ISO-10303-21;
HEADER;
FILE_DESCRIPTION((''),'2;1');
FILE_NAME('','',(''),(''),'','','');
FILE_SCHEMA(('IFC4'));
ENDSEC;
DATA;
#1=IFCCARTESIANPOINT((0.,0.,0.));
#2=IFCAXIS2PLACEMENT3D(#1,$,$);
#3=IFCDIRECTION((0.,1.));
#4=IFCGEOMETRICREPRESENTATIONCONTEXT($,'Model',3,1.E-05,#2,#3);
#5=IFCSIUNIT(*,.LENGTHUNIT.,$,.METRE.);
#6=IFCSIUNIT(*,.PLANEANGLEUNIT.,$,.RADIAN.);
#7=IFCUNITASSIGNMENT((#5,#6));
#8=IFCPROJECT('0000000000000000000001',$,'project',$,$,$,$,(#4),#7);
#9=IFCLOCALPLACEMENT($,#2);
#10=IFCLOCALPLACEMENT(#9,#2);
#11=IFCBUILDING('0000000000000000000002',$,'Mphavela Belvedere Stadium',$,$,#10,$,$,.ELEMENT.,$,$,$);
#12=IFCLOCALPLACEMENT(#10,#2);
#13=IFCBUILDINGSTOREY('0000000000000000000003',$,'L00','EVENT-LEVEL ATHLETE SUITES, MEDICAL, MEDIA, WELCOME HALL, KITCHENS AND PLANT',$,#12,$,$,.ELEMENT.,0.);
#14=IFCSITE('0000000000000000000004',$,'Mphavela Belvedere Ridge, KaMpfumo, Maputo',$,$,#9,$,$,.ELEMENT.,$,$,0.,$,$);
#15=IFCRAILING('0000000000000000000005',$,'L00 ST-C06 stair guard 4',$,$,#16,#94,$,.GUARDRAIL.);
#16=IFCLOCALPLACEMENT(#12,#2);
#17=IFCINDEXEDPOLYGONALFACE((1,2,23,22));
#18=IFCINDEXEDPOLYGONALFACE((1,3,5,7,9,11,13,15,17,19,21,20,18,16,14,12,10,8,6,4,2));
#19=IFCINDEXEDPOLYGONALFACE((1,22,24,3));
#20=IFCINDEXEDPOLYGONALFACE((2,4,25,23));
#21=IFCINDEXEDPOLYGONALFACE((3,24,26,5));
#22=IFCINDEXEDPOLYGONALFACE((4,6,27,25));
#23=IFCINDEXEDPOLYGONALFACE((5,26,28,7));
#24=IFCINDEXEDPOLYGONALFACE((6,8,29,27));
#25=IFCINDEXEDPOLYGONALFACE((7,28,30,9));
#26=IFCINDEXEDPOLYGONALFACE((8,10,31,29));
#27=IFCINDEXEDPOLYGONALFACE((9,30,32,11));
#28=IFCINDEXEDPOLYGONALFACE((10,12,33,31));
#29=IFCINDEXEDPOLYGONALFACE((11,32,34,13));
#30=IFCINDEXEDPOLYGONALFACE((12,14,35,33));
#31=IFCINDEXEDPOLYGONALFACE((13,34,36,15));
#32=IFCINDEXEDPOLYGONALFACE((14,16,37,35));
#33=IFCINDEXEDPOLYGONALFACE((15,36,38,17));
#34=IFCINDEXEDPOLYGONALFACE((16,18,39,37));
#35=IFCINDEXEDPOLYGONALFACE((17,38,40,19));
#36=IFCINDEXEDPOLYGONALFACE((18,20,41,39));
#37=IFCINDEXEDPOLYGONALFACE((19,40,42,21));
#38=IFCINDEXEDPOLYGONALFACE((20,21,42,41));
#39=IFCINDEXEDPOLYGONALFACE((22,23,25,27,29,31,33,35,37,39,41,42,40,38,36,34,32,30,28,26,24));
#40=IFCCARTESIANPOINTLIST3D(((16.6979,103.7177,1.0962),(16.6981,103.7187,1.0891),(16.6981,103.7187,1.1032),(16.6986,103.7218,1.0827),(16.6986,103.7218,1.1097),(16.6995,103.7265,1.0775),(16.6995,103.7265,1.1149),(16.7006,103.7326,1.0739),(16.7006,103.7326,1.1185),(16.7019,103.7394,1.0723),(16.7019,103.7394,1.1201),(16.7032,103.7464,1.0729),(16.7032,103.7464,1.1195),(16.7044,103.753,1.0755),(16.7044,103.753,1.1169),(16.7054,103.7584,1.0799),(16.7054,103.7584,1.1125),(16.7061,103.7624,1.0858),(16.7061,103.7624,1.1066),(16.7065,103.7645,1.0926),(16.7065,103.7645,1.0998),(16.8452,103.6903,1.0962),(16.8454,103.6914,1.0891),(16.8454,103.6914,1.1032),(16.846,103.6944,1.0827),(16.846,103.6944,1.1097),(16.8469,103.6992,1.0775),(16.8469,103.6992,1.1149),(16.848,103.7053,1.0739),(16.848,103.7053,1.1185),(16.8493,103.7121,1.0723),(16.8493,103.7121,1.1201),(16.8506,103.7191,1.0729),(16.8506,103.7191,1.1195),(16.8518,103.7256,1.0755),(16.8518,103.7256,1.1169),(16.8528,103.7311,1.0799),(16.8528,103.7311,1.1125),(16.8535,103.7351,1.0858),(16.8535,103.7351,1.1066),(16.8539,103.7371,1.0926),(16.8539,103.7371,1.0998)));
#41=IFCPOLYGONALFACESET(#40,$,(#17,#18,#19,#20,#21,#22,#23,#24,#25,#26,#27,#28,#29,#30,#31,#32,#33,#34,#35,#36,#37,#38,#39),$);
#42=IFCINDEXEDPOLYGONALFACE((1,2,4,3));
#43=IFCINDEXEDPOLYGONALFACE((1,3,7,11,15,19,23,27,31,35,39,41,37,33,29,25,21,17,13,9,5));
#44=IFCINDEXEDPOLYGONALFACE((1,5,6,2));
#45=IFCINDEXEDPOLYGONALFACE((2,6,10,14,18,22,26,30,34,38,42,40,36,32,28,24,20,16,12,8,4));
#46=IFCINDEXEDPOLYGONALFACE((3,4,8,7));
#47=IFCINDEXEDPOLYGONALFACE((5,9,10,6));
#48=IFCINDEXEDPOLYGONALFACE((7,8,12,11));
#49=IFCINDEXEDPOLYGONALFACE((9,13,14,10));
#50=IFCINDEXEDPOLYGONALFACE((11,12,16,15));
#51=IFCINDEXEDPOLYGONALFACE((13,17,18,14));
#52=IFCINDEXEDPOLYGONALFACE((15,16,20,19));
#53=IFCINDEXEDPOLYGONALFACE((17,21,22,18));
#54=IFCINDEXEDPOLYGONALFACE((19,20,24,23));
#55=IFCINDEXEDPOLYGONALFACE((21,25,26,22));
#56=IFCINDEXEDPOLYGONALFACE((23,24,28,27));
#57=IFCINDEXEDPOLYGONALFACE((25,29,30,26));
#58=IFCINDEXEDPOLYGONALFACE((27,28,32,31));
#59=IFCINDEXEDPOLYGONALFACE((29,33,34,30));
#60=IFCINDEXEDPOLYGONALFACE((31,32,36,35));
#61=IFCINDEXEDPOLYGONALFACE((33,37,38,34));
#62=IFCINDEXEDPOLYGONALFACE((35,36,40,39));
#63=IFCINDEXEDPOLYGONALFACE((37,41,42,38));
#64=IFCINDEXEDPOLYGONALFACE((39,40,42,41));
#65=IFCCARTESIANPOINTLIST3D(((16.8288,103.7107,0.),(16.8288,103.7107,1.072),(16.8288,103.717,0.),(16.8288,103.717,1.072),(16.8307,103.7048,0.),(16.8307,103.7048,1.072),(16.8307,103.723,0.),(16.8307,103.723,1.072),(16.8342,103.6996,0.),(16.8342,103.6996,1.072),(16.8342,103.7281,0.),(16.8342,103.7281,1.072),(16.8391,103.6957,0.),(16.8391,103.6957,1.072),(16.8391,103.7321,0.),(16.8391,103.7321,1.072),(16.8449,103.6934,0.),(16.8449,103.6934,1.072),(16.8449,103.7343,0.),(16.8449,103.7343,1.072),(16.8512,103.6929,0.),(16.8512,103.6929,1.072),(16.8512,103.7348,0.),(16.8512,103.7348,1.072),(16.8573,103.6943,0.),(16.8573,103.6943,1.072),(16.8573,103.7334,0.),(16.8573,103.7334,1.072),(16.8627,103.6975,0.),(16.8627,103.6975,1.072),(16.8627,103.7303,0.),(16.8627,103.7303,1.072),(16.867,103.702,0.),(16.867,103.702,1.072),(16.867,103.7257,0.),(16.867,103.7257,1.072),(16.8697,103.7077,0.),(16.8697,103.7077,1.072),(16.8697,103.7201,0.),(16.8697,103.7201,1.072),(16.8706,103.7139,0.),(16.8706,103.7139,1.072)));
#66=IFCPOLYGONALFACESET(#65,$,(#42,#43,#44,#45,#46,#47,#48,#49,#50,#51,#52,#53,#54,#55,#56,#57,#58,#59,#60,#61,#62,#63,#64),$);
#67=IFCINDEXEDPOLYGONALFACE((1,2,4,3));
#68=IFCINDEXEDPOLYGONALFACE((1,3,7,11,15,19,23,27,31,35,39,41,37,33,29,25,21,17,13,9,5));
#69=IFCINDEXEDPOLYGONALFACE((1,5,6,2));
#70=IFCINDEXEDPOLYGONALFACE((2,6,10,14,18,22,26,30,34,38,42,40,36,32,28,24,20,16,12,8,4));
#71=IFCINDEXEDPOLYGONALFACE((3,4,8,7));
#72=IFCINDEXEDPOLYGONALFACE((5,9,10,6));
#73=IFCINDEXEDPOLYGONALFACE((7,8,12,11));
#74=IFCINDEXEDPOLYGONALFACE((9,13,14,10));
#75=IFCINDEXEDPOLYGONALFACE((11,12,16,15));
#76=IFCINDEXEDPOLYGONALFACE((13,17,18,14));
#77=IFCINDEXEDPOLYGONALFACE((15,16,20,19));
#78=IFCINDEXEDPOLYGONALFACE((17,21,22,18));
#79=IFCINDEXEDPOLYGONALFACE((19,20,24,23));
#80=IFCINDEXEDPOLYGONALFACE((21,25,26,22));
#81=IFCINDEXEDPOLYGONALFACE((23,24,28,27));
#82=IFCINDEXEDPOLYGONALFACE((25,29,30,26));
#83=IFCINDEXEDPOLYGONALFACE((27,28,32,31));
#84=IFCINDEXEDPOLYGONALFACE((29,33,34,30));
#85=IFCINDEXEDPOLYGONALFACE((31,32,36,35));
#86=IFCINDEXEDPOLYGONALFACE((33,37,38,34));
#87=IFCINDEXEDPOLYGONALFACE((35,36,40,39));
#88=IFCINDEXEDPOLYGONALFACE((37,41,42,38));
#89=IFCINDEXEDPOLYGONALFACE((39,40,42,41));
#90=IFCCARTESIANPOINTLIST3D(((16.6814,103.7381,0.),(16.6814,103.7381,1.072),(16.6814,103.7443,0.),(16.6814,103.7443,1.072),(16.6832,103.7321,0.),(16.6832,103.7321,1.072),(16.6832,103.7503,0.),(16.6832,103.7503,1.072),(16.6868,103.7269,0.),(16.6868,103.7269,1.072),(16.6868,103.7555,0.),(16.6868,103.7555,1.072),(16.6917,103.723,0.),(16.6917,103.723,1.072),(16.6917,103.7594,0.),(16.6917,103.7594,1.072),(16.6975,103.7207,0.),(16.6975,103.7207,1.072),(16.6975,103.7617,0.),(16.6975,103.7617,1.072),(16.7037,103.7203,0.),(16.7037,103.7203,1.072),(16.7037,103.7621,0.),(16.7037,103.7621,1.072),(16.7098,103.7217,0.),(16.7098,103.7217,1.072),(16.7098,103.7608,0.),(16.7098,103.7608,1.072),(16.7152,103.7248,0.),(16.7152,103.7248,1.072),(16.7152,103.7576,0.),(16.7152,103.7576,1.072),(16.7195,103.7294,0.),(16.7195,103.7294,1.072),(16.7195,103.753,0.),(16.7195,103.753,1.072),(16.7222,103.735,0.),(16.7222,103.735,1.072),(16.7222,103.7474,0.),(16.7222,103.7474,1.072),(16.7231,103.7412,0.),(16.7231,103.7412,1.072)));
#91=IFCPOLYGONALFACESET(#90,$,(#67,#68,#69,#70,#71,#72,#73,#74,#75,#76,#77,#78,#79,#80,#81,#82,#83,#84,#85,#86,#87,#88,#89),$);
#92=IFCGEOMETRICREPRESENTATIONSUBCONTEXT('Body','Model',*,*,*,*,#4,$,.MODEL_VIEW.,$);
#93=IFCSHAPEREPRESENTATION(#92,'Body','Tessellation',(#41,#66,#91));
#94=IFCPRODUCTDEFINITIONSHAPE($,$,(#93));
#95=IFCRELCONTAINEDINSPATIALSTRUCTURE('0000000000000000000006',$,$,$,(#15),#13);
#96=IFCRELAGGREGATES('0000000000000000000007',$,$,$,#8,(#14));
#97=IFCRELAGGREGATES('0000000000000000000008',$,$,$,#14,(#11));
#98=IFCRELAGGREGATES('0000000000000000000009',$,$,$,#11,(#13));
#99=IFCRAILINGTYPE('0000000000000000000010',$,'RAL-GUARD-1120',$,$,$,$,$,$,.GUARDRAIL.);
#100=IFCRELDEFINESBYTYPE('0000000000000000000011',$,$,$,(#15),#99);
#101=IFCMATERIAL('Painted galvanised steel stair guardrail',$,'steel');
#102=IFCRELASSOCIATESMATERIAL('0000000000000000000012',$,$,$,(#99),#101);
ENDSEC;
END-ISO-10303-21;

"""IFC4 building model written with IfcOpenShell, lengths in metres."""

from ifc_helpers import new_model, si_unit, direction, frame, origin, origin_2d, place, context, subcontext, project, spatial, circle, extrude, material, type_object, element, save


model = new_model("IFC4")

# Units and contexts
model_context = context("Model", 3, precision=1e-05, world=origin(), true_north=direction((0.0, 1.0)))
body_context = subcontext(model_context, "Body", "Model", "MODEL_VIEW")
ifc_project = project(units=[si_unit("LENGTHUNIT", "METRE"), si_unit("PLANEANGLEUNIT", "RADIAN")], contexts=[model_context])

# Site, building, storey
site_placement = place(None, origin())
site = spatial("IfcSite", under=ifc_project, at=site_placement, Name="Mphavela Belvedere Ridge, KaMpfumo, Maputo", CompositionType="ELEMENT", RefElevation=0.0)
building_placement = place(site_placement, origin())
building = spatial("IfcBuilding", under=site, at=building_placement, Name="Mphavela Belvedere Stadium", CompositionType="ELEMENT")
storey_placement = place(building_placement, origin())
storey = spatial("IfcBuildingStorey", under=building, at=storey_placement, Name="L00", Description="EVENT-LEVEL ATHLETE SUITES, MEDICAL, MEDIA, WELCOME HALL, KITCHENS AND PLANT", CompositionType="ELEMENT", Elevation=0.0)

# Railing
ifc_material_1 = material(Name="Painted galvanised steel stair guardrail", Category="steel")
railing_type_1 = type_object("IfcRailingType", Name="RAL-GUARD-1120", PredefinedType="GUARDRAIL", material=ifc_material_1)
railing_1_placement = place(storey_placement, frame((16.8496, 103.7139, 0.0)))
element("IfcRailing", 1, at=railing_1_placement, inside=storey, type_object=railing_type_1, Name="L00 ST-C06 stair guard 4", PredefinedType="GUARDRAIL", context=body_context, shape_type="SweptSolid", body=[
    extrude(circle(Radius=0.0239, at=origin_2d()), frame((0.0, 0.0, 1.0962), z_axis=(-0.983239, 0.182322, 0.0), x_axis=(-0.182322, -0.983239, 0.0)), (0.0, 0.0, 1.0), 0.1499),
    extrude(circle(Radius=0.021, at=origin_2d()), origin(), (0.0, 0.0, 1.0), 1.072),
    extrude(circle(Radius=0.021, at=origin_2d()), frame((-0.1475, 0.0273, 0.0)), (0.0, 0.0, 1.0), 1.072),
])

save(model, "model.ifc")
